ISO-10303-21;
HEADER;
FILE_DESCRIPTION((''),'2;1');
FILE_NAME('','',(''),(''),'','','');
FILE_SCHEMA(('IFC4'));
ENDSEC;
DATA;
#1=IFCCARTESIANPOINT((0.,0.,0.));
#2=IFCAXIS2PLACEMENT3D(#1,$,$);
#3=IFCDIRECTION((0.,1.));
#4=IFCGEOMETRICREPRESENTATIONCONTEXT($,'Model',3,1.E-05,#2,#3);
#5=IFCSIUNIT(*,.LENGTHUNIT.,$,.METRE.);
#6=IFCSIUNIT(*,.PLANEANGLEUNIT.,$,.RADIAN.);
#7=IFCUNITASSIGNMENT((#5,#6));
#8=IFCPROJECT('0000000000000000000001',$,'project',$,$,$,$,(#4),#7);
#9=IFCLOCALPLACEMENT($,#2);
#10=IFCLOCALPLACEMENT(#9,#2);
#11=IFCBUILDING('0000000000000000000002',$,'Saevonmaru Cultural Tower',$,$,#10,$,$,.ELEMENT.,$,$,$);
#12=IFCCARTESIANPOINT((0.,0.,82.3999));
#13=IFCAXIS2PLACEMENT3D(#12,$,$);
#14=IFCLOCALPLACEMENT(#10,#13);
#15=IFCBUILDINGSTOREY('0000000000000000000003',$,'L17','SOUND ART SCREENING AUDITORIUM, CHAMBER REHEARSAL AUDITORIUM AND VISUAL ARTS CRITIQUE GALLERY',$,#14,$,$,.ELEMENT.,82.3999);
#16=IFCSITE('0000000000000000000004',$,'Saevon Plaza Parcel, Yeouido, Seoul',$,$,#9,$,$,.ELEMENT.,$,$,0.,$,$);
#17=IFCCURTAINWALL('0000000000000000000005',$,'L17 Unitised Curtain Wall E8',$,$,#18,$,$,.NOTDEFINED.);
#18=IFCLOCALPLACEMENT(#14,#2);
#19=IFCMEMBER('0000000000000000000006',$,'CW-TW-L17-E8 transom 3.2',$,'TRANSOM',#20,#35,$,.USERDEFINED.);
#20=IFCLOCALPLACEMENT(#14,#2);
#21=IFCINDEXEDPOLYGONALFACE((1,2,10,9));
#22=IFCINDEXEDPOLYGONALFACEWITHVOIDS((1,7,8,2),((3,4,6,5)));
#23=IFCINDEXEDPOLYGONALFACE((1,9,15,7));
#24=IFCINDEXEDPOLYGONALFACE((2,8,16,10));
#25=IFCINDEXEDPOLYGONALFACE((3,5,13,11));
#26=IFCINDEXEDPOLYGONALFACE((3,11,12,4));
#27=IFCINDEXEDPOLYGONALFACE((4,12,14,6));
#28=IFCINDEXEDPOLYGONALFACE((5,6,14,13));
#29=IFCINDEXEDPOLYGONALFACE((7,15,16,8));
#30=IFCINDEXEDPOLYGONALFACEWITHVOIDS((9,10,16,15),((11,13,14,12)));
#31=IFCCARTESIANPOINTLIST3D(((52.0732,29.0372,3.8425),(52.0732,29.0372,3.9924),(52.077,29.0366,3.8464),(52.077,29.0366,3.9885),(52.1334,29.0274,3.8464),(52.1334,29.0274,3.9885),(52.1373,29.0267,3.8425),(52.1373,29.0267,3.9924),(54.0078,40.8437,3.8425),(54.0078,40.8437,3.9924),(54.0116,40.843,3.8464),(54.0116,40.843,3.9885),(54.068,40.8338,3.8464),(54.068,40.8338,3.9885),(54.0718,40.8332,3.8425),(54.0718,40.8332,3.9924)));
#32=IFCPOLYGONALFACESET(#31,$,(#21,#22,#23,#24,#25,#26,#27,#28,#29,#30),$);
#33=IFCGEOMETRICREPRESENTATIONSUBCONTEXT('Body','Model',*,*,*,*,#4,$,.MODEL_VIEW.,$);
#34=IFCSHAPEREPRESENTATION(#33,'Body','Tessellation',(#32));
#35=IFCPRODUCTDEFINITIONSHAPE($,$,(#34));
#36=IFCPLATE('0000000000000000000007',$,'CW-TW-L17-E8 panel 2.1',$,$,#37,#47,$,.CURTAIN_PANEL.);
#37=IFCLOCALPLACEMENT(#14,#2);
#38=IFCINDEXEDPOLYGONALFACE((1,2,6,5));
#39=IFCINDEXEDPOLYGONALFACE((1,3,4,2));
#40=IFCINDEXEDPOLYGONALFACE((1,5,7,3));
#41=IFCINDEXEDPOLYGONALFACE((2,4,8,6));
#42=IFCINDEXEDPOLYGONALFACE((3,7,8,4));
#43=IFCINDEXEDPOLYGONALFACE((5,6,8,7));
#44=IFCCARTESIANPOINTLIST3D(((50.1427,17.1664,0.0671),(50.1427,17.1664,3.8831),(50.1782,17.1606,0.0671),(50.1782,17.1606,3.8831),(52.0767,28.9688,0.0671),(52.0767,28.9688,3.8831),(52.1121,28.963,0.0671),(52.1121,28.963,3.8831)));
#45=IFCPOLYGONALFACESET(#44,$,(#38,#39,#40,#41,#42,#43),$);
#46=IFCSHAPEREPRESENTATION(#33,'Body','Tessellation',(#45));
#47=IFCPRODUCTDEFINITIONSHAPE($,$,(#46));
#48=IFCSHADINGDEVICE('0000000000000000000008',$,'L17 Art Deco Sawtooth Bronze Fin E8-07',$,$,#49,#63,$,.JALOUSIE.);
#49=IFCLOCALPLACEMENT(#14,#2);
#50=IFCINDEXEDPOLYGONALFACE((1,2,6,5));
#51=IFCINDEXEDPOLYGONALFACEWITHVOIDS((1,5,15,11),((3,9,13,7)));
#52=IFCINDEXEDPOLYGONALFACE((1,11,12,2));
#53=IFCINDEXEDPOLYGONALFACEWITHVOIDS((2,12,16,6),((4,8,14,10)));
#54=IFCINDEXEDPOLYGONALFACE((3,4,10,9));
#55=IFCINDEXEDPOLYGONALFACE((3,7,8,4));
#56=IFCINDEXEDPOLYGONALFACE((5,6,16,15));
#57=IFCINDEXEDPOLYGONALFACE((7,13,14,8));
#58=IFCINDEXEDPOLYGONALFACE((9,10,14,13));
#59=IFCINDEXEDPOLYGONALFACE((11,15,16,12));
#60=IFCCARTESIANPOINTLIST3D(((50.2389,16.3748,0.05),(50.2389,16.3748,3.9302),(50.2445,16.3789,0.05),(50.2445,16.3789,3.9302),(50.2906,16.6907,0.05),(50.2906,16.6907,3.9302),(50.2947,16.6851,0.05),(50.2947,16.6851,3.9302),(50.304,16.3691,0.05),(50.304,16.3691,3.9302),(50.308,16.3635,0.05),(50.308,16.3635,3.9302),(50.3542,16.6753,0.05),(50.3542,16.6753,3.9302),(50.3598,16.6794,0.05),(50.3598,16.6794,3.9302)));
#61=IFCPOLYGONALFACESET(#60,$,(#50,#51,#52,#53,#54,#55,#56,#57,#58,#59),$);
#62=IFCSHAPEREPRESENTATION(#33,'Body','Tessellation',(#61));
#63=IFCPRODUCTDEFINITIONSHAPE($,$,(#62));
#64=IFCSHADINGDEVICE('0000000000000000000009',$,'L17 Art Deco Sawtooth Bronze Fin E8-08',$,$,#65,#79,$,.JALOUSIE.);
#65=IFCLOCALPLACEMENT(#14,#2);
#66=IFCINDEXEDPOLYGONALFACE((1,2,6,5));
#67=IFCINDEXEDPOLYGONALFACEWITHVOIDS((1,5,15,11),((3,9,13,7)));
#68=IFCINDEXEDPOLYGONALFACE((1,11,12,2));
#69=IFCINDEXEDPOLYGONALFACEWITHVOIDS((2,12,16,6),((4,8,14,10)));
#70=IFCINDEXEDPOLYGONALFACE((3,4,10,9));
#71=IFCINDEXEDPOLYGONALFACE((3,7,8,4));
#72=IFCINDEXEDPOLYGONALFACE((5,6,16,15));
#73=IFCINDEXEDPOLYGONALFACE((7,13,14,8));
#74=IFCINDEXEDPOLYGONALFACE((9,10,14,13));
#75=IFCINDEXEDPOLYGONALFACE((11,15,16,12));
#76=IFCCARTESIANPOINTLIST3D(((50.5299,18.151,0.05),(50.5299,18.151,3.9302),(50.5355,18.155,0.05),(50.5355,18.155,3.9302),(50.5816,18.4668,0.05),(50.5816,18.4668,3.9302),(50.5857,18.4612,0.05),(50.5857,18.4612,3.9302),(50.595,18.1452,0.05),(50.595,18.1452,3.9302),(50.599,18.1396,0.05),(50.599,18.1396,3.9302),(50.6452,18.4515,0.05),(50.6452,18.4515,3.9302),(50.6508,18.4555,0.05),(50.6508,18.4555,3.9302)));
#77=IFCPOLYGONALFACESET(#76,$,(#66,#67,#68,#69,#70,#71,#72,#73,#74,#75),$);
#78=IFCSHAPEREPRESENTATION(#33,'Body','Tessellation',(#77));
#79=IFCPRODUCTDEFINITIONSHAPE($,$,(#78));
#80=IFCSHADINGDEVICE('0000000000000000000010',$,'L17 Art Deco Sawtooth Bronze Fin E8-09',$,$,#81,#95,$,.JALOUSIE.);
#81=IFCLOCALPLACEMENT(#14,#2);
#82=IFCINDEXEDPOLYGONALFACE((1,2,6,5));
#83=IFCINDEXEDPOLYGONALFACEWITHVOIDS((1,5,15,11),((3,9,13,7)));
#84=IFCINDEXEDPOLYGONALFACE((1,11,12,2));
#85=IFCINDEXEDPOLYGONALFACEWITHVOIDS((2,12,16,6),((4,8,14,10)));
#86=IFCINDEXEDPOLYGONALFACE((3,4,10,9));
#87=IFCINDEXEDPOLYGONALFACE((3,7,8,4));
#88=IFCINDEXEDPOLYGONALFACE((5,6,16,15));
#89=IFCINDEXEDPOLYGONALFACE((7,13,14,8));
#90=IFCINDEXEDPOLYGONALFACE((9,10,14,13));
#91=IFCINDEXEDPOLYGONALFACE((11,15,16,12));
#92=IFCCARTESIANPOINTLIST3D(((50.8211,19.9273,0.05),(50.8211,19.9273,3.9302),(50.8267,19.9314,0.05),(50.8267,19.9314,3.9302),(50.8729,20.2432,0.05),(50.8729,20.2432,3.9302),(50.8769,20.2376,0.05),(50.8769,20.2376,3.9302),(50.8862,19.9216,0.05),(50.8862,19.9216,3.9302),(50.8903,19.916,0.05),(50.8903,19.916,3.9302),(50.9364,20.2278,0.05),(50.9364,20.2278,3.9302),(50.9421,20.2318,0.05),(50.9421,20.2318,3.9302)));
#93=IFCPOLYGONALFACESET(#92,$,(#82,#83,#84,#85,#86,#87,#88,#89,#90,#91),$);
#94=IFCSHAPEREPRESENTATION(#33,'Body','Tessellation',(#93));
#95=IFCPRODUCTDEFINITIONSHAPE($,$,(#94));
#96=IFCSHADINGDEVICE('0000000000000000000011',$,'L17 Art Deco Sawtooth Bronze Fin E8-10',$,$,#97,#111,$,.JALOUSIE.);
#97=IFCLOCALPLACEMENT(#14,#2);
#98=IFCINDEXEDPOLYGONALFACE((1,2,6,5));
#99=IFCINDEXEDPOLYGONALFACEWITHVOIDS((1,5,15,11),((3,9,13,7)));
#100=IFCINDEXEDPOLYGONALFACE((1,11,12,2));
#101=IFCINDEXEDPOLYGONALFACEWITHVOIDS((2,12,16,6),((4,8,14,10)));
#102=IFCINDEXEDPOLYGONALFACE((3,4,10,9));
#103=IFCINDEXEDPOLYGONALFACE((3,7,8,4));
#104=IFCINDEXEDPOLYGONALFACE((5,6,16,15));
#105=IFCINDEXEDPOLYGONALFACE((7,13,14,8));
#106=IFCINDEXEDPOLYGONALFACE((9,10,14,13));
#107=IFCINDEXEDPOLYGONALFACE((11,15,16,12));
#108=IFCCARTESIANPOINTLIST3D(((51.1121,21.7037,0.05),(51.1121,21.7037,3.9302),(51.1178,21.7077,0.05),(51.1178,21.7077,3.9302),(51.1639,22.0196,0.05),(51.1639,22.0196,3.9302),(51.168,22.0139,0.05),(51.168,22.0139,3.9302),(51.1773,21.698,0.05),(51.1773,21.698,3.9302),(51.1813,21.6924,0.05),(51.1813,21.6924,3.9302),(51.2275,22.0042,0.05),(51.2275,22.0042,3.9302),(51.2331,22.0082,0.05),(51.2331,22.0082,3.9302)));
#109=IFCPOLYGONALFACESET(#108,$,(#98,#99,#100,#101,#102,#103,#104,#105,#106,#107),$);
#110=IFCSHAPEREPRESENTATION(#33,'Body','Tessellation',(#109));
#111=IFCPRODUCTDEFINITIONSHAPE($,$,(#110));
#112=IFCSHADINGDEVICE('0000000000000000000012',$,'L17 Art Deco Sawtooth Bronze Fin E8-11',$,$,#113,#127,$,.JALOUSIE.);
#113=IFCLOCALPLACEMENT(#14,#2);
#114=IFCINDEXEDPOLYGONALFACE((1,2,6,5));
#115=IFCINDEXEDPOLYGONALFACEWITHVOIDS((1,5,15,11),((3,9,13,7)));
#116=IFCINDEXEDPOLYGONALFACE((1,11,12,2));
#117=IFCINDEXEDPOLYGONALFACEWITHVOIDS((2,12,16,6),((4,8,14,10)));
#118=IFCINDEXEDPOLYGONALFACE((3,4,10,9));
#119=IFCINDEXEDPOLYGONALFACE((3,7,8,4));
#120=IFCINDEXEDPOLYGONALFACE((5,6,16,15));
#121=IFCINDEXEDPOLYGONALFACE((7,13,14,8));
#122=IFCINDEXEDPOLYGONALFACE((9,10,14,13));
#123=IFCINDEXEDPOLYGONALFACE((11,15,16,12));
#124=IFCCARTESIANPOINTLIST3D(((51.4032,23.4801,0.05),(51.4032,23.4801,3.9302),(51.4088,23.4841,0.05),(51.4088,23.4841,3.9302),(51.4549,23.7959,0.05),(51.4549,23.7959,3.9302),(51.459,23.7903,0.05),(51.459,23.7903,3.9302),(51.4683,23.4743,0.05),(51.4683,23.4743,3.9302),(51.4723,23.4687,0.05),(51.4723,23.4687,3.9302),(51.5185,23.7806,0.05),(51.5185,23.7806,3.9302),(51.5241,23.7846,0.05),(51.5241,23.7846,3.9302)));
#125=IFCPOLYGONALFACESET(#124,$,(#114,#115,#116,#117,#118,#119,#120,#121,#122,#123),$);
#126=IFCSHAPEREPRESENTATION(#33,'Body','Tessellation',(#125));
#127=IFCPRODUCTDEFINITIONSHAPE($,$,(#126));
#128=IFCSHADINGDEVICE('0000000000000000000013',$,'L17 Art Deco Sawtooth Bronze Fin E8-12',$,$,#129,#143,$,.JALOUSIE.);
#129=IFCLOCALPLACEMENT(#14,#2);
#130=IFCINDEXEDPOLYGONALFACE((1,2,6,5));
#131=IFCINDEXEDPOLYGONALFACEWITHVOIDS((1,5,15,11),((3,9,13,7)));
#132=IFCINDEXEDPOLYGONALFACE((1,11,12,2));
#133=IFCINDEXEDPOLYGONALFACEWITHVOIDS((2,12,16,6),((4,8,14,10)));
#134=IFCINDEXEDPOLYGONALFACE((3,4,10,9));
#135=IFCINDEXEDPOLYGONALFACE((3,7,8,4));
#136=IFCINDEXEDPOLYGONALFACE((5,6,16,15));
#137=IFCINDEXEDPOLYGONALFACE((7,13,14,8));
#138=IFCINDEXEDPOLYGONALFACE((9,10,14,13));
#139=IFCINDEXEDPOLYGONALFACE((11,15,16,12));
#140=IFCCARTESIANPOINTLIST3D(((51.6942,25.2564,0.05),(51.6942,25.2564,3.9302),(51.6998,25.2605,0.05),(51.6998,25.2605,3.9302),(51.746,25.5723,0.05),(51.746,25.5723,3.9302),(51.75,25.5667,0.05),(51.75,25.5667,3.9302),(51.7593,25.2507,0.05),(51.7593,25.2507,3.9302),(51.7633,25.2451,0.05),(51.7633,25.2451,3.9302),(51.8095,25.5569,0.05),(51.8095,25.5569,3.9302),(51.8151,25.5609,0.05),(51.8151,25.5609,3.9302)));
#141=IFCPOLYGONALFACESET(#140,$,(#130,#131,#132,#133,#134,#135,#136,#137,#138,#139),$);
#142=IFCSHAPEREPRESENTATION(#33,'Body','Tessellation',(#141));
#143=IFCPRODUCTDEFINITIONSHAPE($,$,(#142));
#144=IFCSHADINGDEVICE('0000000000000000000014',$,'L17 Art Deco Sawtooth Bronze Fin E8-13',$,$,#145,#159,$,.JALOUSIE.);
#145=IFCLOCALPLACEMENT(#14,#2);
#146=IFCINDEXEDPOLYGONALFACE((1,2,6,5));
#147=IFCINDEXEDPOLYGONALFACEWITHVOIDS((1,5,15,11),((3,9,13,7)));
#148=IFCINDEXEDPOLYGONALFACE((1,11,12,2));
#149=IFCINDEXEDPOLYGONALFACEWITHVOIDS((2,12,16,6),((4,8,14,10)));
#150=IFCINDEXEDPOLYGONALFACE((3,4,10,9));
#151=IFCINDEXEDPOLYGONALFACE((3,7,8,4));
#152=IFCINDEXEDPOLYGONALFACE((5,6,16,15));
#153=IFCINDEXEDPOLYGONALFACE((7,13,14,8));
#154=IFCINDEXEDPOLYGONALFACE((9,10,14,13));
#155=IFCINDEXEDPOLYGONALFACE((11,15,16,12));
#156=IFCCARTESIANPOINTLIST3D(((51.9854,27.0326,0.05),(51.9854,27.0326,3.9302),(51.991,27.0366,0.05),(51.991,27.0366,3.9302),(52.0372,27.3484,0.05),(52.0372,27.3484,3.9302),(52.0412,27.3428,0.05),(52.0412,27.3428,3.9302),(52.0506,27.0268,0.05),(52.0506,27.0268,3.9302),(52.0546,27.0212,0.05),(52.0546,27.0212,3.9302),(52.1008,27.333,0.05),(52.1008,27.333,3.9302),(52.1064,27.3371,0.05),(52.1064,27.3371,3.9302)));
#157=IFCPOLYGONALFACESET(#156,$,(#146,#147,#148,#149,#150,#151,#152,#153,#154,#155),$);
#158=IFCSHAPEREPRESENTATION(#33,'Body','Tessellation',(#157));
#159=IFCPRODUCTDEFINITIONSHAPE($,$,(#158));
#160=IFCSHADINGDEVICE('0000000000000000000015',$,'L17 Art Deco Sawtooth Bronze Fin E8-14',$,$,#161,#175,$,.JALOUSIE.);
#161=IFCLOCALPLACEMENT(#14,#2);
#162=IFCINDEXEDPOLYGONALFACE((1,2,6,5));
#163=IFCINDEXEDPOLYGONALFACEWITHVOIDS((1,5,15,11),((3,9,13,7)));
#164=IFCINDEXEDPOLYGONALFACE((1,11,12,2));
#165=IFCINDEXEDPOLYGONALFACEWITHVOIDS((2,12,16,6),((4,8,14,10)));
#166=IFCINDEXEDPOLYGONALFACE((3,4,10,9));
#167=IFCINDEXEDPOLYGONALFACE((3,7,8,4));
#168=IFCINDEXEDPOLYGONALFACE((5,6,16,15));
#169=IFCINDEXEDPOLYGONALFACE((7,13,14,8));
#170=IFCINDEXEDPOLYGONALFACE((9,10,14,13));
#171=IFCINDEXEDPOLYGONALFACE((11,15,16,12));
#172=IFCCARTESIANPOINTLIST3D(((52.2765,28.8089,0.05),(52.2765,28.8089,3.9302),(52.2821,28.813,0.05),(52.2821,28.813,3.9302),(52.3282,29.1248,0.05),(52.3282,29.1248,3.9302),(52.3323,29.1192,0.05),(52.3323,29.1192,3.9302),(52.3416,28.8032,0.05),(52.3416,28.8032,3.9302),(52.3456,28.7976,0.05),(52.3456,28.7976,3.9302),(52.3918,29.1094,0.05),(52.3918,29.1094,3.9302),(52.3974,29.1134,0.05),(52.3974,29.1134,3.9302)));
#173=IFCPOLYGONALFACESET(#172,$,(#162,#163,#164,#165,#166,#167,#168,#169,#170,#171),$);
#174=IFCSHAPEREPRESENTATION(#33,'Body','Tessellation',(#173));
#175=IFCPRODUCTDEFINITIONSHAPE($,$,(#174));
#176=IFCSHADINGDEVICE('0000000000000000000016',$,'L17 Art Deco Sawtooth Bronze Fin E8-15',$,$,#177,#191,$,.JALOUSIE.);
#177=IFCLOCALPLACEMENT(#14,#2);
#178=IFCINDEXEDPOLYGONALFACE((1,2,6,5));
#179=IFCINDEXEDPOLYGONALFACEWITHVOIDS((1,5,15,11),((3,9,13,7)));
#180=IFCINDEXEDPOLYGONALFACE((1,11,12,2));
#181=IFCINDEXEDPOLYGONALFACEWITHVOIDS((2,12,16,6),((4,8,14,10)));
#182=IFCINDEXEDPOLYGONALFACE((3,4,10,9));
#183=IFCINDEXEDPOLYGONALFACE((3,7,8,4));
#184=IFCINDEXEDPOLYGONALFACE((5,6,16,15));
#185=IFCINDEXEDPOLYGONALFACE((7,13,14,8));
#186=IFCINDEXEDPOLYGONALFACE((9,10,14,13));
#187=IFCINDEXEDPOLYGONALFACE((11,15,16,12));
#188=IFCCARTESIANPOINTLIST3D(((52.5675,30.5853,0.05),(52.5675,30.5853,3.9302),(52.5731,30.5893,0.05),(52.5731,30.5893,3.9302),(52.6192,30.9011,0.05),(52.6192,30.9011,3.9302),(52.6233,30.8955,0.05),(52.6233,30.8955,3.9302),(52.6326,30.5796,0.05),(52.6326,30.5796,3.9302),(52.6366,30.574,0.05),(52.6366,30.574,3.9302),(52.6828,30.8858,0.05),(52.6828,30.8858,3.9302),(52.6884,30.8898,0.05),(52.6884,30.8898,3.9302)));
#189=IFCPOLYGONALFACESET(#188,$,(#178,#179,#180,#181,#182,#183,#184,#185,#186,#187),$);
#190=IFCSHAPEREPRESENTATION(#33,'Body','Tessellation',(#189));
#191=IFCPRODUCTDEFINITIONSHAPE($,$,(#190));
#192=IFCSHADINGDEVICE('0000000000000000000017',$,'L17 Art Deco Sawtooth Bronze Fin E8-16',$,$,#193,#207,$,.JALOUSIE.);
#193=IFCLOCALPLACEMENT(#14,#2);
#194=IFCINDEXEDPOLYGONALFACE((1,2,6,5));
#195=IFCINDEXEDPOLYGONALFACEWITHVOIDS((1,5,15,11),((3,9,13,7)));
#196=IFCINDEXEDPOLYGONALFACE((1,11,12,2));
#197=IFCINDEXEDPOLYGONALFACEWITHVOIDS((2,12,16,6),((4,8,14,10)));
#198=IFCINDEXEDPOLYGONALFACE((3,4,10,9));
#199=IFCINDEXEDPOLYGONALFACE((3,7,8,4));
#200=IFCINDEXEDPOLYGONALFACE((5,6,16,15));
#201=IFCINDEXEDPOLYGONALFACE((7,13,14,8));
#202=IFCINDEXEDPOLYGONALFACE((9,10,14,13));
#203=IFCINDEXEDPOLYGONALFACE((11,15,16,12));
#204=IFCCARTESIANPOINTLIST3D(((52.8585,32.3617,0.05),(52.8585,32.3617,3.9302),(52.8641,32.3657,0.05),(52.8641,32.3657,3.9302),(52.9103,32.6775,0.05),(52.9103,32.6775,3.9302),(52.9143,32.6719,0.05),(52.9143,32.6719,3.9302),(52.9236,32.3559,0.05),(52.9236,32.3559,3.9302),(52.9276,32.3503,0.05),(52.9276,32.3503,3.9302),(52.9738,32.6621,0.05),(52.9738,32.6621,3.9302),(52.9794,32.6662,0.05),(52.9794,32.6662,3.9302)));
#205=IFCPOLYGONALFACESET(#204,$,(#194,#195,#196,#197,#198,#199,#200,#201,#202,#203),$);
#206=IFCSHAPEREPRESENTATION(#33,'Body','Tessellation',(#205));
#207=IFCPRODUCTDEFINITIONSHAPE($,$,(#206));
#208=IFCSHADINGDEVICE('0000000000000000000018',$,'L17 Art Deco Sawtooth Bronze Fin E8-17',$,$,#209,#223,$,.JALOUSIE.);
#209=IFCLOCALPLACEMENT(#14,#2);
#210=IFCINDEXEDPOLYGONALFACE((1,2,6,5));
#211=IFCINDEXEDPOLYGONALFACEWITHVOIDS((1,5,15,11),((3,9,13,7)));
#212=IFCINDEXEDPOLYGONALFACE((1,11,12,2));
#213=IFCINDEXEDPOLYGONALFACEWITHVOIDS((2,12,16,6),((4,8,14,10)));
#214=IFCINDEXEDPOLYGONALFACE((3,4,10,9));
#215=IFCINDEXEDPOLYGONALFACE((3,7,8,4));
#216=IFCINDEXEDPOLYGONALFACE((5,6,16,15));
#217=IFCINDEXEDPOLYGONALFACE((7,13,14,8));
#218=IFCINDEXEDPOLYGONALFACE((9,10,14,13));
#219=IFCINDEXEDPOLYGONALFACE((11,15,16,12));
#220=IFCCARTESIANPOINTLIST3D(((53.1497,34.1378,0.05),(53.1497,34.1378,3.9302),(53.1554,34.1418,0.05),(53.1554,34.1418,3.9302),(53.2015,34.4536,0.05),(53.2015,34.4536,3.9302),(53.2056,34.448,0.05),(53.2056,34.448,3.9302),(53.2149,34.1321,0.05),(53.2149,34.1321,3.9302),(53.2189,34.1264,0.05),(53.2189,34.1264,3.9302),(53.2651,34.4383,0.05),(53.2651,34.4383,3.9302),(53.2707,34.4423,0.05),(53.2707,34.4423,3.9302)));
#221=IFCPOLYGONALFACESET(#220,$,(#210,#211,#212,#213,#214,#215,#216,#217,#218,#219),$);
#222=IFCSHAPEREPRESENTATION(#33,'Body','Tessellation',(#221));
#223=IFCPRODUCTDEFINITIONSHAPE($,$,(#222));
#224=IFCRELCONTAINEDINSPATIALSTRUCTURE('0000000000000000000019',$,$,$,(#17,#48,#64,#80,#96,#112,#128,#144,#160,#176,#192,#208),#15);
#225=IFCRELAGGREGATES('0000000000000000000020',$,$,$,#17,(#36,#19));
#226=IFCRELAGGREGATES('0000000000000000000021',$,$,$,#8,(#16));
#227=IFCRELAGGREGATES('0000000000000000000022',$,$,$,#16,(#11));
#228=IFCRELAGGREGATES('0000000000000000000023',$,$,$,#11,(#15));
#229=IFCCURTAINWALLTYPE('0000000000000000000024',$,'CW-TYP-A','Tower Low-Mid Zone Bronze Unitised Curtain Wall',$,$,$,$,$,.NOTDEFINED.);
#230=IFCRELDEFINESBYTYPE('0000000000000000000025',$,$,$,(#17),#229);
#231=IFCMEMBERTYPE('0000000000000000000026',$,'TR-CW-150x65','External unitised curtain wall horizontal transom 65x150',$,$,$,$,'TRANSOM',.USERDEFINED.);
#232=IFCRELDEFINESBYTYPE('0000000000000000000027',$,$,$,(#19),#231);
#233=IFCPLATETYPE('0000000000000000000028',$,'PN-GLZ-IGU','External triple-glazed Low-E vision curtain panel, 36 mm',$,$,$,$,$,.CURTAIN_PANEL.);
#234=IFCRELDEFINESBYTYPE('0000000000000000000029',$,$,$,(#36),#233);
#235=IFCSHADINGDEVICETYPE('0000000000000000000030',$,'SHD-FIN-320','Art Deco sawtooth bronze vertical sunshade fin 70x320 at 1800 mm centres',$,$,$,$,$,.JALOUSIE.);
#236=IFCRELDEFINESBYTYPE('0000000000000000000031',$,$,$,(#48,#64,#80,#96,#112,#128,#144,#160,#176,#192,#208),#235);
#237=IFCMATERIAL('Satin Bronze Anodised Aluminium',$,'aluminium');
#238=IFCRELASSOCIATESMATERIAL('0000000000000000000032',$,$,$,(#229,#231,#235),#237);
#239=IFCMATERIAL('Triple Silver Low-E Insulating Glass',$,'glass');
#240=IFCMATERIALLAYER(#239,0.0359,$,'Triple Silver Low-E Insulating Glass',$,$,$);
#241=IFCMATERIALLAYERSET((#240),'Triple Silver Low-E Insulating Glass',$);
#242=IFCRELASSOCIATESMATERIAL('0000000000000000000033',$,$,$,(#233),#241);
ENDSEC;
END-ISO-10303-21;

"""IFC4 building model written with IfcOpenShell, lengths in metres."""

from ifc_helpers import new_model, si_unit, direction, frame, origin, origin_2d, place, context, subcontext, project, spatial, rectangle, hollow_rectangle, extrude, material, layer, layer_set, material_profile, profile_set, type_object, element, aggregate, save


model = new_model("IFC4")

# Units and contexts
model_context = context("Model", 3, precision=1e-05, world=origin(), true_north=direction((0.0, 1.0)))
body_context = subcontext(model_context, "Body", "Model", "MODEL_VIEW")
ifc_project = project(units=[si_unit("LENGTHUNIT", "METRE"), si_unit("PLANEANGLEUNIT", "RADIAN")], contexts=[model_context])

# Site, building, storey
site_placement = place(None, origin())
site = spatial("IfcSite", under=ifc_project, at=site_placement, Name="Saevon Plaza Parcel, Yeouido, Seoul", CompositionType="ELEMENT", RefElevation=0.0)
building_placement = place(site_placement, origin())
building = spatial("IfcBuilding", under=site, at=building_placement, Name="Saevonmaru Cultural Tower", CompositionType="ELEMENT")
storey_placement = place(building_placement, frame((0.0, 0.0, 82.3999)))
storey = spatial("IfcBuildingStorey", under=building, at=storey_placement, Name="L17", Description="SOUND ART SCREENING AUDITORIUM, CHAMBER REHEARSAL AUDITORIUM AND VISUAL ARTS CRITIQUE GALLERY", CompositionType="ELEMENT", Elevation=82.3999)

# Curtain wall, member, plate
ifc_material_1 = material(Name="Satin Bronze Anodised Aluminium", Category="aluminium")
curtain_wall_type = type_object("IfcCurtainWallType", Name="CW-TYP-A", Description="Tower Low-Mid Zone Bronze Unitised Curtain Wall", PredefinedType="NOTDEFINED", material=ifc_material_1)
curtain_wall_placement = place(storey_placement, origin())
curtain_wall = element("IfcCurtainWall", 1, at=curtain_wall_placement, inside=storey, type_object=curtain_wall_type, Name="L17 Unitised Curtain Wall E8", PredefinedType="NOTDEFINED")
ifc_material_profile_1 = material_profile(ifc_material_1, hollow_rectangle(XDim=0.0649, YDim=0.1499, WallThickness=0.0039, at=origin_2d()), Name="ALU-TRAN-150x65x4")
ifc_profile_set_1 = profile_set([ifc_material_profile_1], Name="Satin Bronze Anodised Aluminium")
member_type_1 = type_object("IfcMemberType", Name="TR-CW-150x65", Description="External unitised curtain wall horizontal transom 65x150", ElementType="TRANSOM", PredefinedType="USERDEFINED", material=ifc_profile_set_1)
member_1_placement = place(storey_placement, frame((52.1052, 29.032, 3.9175), z_axis=(0.161701, 0.98684, 0.0), x_axis=(-0.98684, 0.161701, 0.0)))
member_1 = element("IfcMember", 2, at=member_1_placement, type_object=member_type_1, Name="CW-TW-L17-E8 transom 3.2", ObjectType="TRANSOM", PredefinedType="USERDEFINED", context=body_context, shape_type="SweptSolid", body=[
    extrude(hollow_rectangle(XDim=0.0649, YDim=0.1499, WallThickness=0.0039, at=origin_2d()), origin(), (0.0, 0.0, 1.0), 11.9639),
])
ifc_material_2 = material(Name="Triple Silver Low-E Insulating Glass", Category="glass")
ifc_layer_1 = layer(ifc_material_2, 0.0359, Name="Triple Silver Low-E Insulating Glass")
ifc_layer_set_1 = layer_set([ifc_layer_1], Name="Triple Silver Low-E Insulating Glass")
plate_type = type_object("IfcPlateType", Name="PN-GLZ-IGU", Description="External triple-glazed Low-E vision curtain panel, 36 mm", PredefinedType="CURTAIN_PANEL", material=ifc_layer_set_1)
plate_placement = place(storey_placement, frame((51.1274, 23.0647, 0.0671), z_axis=(0.0, 0.0, 1.0), x_axis=(0.161709, 0.986839, 0.0)))
plate = element("IfcPlate", 3, at=plate_placement, type_object=plate_type, Name="CW-TW-L17-E8 panel 2.1", PredefinedType="CURTAIN_PANEL", context=body_context, shape_type="SweptSolid", body=[
    extrude(rectangle(XDim=11.9597, YDim=0.0359, at=origin_2d()), origin(), (0.0, 0.0, 1.0), 3.8159),
])
aggregate(curtain_wall, [plate, member_1])

# Shading devices
ifc_material_profile_2 = material_profile(ifc_material_1, hollow_rectangle(XDim=0.0701, YDim=0.3201, WallThickness=0.0049, at=origin_2d()), Name="FIN-320x70")
ifc_profile_set_2 = profile_set([ifc_material_profile_2], Name="Satin Bronze Anodised Aluminium")
shading_device_type = type_object("IfcShadingDeviceType", Name="SHD-FIN-320", Description="Art Deco sawtooth bronze vertical sunshade fin 70x320 at 1800 mm centres", PredefinedType="JALOUSIE", material=ifc_profile_set_2)
for number, where, z_axis, x_axis, name in (
    (4, (50.2993, 16.5271, 0.05), (0.0, 0.0, 1.0), (0.986827, -0.161776, 0.0), "L17 Art Deco Sawtooth Bronze Fin E8-07"),
    (5, (50.5903, 18.3032, 0.05), (0.0, 0.0, 1.0), (0.986827, -0.161776, 0.0), "L17 Art Deco Sawtooth Bronze Fin E8-08"),
    (6, (50.8816, 20.0796, 0.05), (0.0, 0.0, 1.0), (0.986827, -0.161776, 0.0), "L17 Art Deco Sawtooth Bronze Fin E8-09"),
    (7, (51.1726, 21.856, 0.05), (0.0, 0.0, 1.0), (0.986827, -0.161776, 0.0), "L17 Art Deco Sawtooth Bronze Fin E8-10"),
    (8, (51.4636, 23.6323, 0.05), (0.0, 0.0, 1.0), (0.986827, -0.161776, 0.0), "L17 Art Deco Sawtooth Bronze Fin E8-11"),
    (9, (51.7546, 25.4087, 0.05), (0.0, 0.0, 1.0), (0.986827, -0.161776, 0.0), "L17 Art Deco Sawtooth Bronze Fin E8-12"),
    (10, (52.0459, 27.1848, 0.05), (0.0, 0.0, 1.0), (0.986827, -0.161776, 0.0), "L17 Art Deco Sawtooth Bronze Fin E8-13"),
    (11, (52.3369, 28.9612, 0.05), (0.0, 0.0, 1.0), (0.986827, -0.161776, 0.0), "L17 Art Deco Sawtooth Bronze Fin E8-14"),
    (12, (52.6279, 30.7375, 0.05), (0.0, 0.0, 1.0), (0.986827, -0.161776, 0.0), "L17 Art Deco Sawtooth Bronze Fin E8-15"),
    (13, (52.9189, 32.5139, 0.05), (0.0, 0.0, 1.0), (0.986827, -0.161776, 0.0), "L17 Art Deco Sawtooth Bronze Fin E8-16"),
    (14, (53.2102, 34.29, 0.05), (0.0, 0.0, 1.0), (0.986827, -0.161776, 0.0), "L17 Art Deco Sawtooth Bronze Fin E8-17"),
):
    element("IfcShadingDevice", number, at=place(storey_placement, frame(where, z_axis=z_axis, x_axis=x_axis)), inside=storey, type_object=shading_device_type, Name=name, PredefinedType="JALOUSIE", context=body_context, shape_type="SweptSolid", body=[
        extrude(hollow_rectangle(XDim=0.0701, YDim=0.3201, WallThickness=0.0049, at=origin_2d()), origin(), (0.0, 0.0, 1.0), 3.8801),
    ])

save(model, "model.ifc")
